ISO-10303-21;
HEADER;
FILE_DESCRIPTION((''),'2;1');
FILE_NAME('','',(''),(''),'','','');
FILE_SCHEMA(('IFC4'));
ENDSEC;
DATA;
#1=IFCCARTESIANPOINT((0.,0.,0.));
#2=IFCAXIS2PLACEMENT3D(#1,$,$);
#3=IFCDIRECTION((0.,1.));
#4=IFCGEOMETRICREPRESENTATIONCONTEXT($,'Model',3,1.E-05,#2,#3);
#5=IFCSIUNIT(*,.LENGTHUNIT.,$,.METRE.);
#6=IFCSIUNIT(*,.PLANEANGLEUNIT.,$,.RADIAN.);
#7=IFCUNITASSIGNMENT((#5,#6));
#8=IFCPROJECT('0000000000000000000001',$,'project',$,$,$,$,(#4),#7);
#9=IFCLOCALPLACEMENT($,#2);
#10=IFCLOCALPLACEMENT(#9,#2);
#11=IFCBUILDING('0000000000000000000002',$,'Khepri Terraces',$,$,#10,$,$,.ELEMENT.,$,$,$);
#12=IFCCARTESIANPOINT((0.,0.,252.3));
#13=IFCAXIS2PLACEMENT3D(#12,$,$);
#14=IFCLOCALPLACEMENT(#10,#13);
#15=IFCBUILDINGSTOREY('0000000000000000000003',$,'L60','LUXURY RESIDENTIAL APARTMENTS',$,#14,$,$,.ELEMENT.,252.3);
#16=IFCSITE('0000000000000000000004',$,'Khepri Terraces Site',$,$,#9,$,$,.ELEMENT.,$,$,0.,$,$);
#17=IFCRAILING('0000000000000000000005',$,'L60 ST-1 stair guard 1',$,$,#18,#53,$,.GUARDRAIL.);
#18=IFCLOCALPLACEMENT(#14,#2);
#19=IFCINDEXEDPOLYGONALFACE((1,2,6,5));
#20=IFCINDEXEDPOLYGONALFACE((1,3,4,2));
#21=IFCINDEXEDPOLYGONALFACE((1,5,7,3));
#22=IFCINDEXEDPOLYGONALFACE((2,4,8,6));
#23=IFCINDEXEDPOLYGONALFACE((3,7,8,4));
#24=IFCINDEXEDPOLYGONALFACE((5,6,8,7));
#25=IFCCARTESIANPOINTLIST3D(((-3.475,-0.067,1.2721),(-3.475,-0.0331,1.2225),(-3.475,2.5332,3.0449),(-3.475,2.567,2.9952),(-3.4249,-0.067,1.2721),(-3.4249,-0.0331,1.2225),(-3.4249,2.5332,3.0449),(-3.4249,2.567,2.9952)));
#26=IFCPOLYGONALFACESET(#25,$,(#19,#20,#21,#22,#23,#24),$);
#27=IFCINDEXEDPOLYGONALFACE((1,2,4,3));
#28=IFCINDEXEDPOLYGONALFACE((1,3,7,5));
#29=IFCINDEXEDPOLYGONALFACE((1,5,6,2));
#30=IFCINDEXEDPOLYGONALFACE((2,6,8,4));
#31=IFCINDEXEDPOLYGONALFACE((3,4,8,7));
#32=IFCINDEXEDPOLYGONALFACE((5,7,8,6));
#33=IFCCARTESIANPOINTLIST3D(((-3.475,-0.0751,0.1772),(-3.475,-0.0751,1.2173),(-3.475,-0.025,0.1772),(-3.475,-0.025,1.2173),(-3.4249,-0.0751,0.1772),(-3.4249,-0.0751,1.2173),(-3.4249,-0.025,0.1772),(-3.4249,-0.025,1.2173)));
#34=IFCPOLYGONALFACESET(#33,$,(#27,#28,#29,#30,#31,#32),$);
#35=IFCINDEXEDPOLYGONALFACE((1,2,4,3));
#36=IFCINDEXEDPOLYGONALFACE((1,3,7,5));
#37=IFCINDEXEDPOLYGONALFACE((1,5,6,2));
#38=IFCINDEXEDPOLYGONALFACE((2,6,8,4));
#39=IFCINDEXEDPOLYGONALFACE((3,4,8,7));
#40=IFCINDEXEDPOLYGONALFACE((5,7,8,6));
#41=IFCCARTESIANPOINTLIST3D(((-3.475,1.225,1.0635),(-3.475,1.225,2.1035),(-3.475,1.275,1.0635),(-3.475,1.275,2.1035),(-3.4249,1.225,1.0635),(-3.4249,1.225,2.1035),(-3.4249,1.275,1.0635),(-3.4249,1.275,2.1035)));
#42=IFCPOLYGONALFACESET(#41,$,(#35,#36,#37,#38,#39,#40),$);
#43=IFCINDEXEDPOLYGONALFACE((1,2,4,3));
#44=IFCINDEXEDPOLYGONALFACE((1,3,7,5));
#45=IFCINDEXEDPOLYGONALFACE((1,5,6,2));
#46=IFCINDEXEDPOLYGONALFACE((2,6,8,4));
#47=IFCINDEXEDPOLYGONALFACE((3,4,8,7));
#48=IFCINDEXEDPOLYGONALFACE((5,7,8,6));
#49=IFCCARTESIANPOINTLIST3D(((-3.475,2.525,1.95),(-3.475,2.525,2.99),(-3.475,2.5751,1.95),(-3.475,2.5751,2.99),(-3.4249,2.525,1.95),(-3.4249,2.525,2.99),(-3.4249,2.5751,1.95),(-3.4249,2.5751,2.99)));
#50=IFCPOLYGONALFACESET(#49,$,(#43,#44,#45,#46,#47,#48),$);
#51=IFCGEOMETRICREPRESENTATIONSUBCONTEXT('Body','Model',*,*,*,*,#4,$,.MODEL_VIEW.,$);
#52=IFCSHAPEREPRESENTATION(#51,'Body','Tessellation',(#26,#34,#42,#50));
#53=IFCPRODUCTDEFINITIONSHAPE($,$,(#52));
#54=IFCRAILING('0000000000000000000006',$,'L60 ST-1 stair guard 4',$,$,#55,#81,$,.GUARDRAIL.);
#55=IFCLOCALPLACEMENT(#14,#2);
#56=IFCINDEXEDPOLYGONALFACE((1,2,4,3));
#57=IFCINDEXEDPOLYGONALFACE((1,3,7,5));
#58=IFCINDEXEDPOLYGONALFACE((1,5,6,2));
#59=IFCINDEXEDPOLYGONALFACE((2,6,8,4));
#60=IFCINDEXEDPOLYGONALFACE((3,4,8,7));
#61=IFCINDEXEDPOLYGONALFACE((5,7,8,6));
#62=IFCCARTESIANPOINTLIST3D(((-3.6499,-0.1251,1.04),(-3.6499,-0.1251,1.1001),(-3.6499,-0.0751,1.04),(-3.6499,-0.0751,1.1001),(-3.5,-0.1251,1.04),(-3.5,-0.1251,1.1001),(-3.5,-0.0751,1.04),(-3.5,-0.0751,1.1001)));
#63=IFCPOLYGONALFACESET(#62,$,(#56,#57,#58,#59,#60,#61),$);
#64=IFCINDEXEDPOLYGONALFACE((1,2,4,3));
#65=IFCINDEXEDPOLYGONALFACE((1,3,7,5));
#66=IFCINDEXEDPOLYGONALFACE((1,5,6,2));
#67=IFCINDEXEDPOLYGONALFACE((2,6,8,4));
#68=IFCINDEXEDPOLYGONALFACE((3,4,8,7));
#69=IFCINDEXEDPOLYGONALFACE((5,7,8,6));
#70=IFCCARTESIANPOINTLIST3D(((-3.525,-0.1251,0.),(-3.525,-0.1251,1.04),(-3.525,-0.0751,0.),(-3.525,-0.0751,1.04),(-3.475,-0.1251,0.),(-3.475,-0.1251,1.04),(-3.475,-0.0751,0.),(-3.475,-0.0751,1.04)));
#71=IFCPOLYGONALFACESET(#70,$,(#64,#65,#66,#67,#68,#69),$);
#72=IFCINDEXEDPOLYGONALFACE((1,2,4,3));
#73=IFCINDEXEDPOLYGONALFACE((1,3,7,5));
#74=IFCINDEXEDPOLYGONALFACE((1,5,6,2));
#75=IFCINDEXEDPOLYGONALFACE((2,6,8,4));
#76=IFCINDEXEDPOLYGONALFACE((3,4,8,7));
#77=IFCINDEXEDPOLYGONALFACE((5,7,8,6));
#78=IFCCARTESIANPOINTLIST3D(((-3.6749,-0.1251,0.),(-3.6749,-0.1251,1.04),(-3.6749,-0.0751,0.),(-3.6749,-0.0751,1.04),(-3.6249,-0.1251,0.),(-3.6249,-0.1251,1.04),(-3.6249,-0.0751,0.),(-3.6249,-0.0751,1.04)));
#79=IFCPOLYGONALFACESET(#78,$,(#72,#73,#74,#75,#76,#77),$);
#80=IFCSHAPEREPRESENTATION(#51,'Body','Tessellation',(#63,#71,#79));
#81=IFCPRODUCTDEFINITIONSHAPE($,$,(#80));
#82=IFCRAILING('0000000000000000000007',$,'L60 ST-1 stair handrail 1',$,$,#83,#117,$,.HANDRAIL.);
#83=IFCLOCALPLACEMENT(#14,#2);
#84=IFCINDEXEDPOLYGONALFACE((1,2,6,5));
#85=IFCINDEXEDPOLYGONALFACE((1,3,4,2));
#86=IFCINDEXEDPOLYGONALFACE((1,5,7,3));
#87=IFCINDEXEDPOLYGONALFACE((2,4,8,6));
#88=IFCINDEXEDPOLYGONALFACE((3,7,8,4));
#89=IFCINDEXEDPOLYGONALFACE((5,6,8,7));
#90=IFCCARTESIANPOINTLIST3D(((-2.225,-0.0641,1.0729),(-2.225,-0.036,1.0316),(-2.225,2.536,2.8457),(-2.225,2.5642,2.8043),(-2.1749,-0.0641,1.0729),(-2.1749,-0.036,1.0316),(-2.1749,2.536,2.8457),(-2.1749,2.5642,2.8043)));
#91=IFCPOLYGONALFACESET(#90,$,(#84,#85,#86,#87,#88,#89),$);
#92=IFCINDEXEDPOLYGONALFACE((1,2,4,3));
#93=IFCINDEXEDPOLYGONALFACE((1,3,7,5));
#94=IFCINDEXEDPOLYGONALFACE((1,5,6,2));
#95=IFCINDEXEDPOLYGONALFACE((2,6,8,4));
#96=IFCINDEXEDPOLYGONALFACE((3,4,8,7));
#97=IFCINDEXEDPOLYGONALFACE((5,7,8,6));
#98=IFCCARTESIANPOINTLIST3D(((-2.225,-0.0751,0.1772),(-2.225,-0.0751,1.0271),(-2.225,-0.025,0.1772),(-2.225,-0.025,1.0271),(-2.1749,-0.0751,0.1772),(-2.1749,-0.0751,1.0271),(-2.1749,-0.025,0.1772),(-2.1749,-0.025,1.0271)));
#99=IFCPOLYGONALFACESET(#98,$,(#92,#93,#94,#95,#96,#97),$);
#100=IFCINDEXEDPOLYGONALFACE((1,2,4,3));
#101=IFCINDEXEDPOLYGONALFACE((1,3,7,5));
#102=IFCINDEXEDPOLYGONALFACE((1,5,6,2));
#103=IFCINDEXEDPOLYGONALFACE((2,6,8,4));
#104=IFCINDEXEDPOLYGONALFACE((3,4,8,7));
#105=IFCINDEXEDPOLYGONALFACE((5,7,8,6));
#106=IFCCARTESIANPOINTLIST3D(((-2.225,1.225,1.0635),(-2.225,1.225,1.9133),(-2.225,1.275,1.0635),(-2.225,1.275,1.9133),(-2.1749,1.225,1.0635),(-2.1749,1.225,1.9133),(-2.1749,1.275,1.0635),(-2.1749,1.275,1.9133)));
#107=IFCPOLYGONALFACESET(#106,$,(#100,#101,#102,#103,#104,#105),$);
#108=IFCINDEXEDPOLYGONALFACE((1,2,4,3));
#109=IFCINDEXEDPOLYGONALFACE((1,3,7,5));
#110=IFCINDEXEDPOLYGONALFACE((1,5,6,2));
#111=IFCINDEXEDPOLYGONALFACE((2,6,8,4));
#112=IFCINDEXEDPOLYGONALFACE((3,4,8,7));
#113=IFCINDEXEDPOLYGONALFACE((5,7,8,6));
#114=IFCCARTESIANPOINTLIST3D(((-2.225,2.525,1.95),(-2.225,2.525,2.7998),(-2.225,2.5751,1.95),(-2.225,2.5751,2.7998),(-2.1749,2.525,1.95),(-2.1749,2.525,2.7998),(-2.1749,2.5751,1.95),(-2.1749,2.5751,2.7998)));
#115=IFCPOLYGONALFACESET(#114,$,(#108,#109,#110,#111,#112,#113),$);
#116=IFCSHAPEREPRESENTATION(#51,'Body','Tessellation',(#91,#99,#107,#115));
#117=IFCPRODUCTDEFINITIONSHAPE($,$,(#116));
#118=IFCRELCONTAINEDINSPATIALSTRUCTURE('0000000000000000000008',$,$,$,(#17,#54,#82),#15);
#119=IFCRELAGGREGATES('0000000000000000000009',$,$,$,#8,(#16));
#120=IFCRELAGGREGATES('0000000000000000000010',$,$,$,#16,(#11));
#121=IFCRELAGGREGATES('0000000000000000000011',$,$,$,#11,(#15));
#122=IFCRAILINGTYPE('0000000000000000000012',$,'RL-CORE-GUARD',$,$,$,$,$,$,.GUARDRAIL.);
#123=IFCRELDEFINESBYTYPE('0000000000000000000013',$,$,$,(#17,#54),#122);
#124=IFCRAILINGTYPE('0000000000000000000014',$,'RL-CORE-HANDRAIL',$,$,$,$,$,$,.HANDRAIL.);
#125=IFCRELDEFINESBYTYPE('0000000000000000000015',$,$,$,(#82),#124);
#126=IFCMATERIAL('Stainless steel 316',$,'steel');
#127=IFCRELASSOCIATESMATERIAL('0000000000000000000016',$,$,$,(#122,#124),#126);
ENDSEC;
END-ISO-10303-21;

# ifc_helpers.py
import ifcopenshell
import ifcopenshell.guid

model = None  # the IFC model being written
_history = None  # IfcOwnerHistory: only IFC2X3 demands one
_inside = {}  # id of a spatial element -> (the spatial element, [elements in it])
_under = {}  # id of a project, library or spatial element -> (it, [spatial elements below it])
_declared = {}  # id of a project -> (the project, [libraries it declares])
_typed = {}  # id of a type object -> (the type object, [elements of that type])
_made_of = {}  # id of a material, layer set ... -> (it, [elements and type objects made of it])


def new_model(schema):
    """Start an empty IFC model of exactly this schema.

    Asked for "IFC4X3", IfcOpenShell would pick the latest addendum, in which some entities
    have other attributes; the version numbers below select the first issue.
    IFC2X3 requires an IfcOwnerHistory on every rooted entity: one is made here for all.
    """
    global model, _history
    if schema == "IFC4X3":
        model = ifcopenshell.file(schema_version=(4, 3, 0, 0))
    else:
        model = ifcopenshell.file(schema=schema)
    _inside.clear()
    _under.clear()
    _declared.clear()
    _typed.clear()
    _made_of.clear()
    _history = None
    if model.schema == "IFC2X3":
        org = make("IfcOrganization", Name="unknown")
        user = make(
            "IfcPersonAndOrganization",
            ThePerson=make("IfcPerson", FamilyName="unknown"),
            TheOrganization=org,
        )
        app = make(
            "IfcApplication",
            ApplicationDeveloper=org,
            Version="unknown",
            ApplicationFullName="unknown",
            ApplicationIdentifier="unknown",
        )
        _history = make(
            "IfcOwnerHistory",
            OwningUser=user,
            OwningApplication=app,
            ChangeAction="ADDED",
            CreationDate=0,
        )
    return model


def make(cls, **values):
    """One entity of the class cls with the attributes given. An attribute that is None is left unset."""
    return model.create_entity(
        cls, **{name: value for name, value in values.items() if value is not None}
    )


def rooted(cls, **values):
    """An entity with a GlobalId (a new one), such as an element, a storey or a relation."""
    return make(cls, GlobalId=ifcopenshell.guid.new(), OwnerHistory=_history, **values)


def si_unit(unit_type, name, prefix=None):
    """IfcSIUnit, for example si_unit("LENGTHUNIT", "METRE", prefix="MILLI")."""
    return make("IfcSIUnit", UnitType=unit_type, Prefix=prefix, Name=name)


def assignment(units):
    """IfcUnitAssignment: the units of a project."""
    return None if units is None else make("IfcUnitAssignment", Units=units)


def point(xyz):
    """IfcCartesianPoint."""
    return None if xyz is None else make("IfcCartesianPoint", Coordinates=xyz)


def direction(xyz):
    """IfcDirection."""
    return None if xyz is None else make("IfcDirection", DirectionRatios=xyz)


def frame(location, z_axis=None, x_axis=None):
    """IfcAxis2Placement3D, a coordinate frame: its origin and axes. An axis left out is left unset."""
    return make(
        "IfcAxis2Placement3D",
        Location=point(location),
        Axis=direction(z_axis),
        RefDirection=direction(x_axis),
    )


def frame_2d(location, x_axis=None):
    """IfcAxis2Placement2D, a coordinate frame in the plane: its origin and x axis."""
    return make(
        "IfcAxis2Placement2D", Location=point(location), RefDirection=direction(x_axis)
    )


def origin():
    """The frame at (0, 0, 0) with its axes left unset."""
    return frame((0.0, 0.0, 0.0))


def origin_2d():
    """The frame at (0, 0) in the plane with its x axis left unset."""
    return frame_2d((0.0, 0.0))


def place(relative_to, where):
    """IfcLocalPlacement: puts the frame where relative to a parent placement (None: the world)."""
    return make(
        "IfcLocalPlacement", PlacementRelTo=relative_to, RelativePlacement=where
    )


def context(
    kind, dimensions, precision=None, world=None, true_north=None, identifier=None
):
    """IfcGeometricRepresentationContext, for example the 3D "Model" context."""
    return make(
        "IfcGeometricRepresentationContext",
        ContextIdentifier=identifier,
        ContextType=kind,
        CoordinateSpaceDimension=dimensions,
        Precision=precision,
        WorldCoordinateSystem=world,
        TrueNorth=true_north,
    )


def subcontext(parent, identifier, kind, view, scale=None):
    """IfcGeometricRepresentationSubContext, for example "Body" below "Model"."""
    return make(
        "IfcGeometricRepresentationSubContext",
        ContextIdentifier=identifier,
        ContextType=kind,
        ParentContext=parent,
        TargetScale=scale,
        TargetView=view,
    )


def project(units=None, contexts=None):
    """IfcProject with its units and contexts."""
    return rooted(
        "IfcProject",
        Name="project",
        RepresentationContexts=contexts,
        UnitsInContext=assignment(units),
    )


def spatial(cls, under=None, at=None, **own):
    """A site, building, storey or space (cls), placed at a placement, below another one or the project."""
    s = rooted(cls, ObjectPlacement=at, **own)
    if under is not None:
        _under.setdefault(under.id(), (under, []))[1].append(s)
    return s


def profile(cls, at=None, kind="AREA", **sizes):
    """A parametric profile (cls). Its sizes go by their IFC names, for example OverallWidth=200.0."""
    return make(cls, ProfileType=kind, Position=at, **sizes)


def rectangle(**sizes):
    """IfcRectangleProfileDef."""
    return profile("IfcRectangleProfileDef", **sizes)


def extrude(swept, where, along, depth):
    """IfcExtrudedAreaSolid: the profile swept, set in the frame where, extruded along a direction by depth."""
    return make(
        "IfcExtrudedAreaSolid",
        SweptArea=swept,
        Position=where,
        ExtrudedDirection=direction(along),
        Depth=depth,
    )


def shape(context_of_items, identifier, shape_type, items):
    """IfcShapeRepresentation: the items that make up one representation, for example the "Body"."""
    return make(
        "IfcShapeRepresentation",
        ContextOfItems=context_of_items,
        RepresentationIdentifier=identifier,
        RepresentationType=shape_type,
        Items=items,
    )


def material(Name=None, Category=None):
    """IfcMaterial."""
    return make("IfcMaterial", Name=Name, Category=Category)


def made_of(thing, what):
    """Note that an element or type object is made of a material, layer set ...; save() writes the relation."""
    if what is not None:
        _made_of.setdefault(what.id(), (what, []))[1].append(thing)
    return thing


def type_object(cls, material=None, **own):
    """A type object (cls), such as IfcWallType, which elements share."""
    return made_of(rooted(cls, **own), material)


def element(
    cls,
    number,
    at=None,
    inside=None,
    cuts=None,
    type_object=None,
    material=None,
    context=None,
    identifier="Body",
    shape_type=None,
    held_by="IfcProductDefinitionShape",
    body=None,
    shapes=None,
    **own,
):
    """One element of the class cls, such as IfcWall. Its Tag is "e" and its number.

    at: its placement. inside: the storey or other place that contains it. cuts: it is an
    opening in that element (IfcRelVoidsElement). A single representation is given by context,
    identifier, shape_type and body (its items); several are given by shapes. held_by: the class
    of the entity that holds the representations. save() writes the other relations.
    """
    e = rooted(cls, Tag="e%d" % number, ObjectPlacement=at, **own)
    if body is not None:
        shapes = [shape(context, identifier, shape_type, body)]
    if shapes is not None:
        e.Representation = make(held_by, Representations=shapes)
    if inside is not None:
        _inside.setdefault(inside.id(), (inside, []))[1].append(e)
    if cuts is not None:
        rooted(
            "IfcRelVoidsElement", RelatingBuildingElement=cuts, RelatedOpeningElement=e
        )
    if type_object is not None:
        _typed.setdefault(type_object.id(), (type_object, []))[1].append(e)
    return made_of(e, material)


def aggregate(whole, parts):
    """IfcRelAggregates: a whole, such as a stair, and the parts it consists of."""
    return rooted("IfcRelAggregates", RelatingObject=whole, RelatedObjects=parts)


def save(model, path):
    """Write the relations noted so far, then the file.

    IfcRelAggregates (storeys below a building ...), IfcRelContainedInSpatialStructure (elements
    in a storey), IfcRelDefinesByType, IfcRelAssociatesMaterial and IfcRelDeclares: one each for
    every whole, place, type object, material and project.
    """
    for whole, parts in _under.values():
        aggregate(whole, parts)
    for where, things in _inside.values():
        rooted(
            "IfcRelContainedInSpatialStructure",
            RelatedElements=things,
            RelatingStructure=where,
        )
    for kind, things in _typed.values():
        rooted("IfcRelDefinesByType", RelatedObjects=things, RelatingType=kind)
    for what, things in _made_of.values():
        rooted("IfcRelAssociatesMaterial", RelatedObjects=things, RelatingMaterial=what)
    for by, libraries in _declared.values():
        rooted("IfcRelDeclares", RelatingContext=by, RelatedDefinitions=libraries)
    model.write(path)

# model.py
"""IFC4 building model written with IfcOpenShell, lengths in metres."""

from ifc_helpers import new_model, si_unit, direction, frame, origin, origin_2d, place, context, subcontext, project, spatial, rectangle, extrude, material, type_object, element, save


model = new_model("IFC4")

# Units and contexts
model_context = context("Model", 3, precision=1e-05, world=origin(), true_north=direction((0.0, 1.0)))
body_context = subcontext(model_context, "Body", "Model", "MODEL_VIEW")
ifc_project = project(units=[si_unit("LENGTHUNIT", "METRE"), si_unit("PLANEANGLEUNIT", "RADIAN")], contexts=[model_context])

# Site, building, storey
site_placement = place(None, origin())
site = spatial("IfcSite", under=ifc_project, at=site_placement, Name="Khepri Terraces Site", CompositionType="ELEMENT", RefElevation=0.0)
building_placement = place(site_placement, origin())
building = spatial("IfcBuilding", under=site, at=building_placement, Name="Khepri Terraces", CompositionType="ELEMENT")
storey_placement = place(building_placement, frame((0.0, 0.0, 252.3)))
storey = spatial("IfcBuildingStorey", under=building, at=storey_placement, Name="L60", Description="LUXURY RESIDENTIAL APARTMENTS", CompositionType="ELEMENT", Elevation=252.3)

# Railings
ifc_material_1 = material(Name="Stainless steel 316", Category="steel")
railing_type_1 = type_object("IfcRailingType", Name="RL-CORE-GUARD", PredefinedType="GUARDRAIL", material=ifc_material_1)
railing_1_placement = place(storey_placement, frame((-3.45, -0.05, 0.1772)))
element("IfcRailing", 1, at=railing_1_placement, inside=storey, type_object=railing_type_1, Name="L60 ST-1 stair guard 1", PredefinedType="GUARDRAIL", context=body_context, shape_type="SweptSolid", body=[
    extrude(rectangle(XDim=0.05, YDim=0.0601, at=origin_2d()), frame((0.0, 0.0, 1.0701), z_axis=(0.0, 0.82624, 0.563318), x_axis=(-1.0, 0.0, 0.0)), (0.0, 0.0, 1.0), 3.147),
    extrude(rectangle(XDim=0.05, YDim=0.05, at=origin_2d()), origin(), (0.0, 0.0, 1.0), 1.04),
    extrude(rectangle(XDim=0.05, YDim=0.05, at=origin_2d()), frame((0.0, 1.3, 0.8862)), (0.0, 0.0, 1.0), 1.04),
    extrude(rectangle(XDim=0.05, YDim=0.05, at=origin_2d()), frame((0.0, 2.6001, 1.7727)), (0.0, 0.0, 1.0), 1.04),
])
railing_2_placement = place(storey_placement, frame((-3.5, -0.1001, 0.0)))
element("IfcRailing", 2, at=railing_2_placement, inside=storey, type_object=railing_type_1, Name="L60 ST-1 stair guard 4", PredefinedType="GUARDRAIL", context=body_context, shape_type="SweptSolid", body=[
    extrude(rectangle(XDim=0.05, YDim=0.0601, at=origin_2d()), frame((0.0, 0.0, 1.0701), z_axis=(-1.0, 0.0, 0.0), x_axis=(0.0, -1.0, 0.0)), (0.0, 0.0, 1.0), 0.1499),
    extrude(rectangle(XDim=0.05, YDim=0.05, at=origin_2d()), origin(), (0.0, 0.0, 1.0), 1.04),
    extrude(rectangle(XDim=0.05, YDim=0.05, at=origin_2d()), frame((-0.1499, 0.0, 0.0)), (0.0, 0.0, 1.0), 1.04),
])
railing_type_2 = type_object("IfcRailingType", Name="RL-CORE-HANDRAIL", PredefinedType="HANDRAIL", material=ifc_material_1)
railing_3_placement = place(storey_placement, frame((-2.2, -0.05, 0.1772)))
element("IfcRailing", 3, at=railing_3_placement, inside=storey, type_object=railing_type_2, Name="L60 ST-1 stair handrail 1", PredefinedType="HANDRAIL", context=body_context, shape_type="SweptSolid", body=[
    extrude(rectangle(XDim=0.05, YDim=0.05, at=origin_2d()), frame((0.0, 0.0, 0.875), z_axis=(0.0, 0.82624, 0.563318), x_axis=(-1.0, 0.0, 0.0)), (0.0, 0.0, 1.0), 3.147),
    extrude(rectangle(XDim=0.05, YDim=0.05, at=origin_2d()), origin(), (0.0, 0.0, 1.0), 0.8499),
    extrude(rectangle(XDim=0.05, YDim=0.05, at=origin_2d()), frame((0.0, 1.3, 0.8862)), (0.0, 0.0, 1.0), 0.8499),
    extrude(rectangle(XDim=0.05, YDim=0.05, at=origin_2d()), frame((0.0, 2.6001, 1.7727)), (0.0, 0.0, 1.0), 0.8499),
])

save(model, "model.ifc")
